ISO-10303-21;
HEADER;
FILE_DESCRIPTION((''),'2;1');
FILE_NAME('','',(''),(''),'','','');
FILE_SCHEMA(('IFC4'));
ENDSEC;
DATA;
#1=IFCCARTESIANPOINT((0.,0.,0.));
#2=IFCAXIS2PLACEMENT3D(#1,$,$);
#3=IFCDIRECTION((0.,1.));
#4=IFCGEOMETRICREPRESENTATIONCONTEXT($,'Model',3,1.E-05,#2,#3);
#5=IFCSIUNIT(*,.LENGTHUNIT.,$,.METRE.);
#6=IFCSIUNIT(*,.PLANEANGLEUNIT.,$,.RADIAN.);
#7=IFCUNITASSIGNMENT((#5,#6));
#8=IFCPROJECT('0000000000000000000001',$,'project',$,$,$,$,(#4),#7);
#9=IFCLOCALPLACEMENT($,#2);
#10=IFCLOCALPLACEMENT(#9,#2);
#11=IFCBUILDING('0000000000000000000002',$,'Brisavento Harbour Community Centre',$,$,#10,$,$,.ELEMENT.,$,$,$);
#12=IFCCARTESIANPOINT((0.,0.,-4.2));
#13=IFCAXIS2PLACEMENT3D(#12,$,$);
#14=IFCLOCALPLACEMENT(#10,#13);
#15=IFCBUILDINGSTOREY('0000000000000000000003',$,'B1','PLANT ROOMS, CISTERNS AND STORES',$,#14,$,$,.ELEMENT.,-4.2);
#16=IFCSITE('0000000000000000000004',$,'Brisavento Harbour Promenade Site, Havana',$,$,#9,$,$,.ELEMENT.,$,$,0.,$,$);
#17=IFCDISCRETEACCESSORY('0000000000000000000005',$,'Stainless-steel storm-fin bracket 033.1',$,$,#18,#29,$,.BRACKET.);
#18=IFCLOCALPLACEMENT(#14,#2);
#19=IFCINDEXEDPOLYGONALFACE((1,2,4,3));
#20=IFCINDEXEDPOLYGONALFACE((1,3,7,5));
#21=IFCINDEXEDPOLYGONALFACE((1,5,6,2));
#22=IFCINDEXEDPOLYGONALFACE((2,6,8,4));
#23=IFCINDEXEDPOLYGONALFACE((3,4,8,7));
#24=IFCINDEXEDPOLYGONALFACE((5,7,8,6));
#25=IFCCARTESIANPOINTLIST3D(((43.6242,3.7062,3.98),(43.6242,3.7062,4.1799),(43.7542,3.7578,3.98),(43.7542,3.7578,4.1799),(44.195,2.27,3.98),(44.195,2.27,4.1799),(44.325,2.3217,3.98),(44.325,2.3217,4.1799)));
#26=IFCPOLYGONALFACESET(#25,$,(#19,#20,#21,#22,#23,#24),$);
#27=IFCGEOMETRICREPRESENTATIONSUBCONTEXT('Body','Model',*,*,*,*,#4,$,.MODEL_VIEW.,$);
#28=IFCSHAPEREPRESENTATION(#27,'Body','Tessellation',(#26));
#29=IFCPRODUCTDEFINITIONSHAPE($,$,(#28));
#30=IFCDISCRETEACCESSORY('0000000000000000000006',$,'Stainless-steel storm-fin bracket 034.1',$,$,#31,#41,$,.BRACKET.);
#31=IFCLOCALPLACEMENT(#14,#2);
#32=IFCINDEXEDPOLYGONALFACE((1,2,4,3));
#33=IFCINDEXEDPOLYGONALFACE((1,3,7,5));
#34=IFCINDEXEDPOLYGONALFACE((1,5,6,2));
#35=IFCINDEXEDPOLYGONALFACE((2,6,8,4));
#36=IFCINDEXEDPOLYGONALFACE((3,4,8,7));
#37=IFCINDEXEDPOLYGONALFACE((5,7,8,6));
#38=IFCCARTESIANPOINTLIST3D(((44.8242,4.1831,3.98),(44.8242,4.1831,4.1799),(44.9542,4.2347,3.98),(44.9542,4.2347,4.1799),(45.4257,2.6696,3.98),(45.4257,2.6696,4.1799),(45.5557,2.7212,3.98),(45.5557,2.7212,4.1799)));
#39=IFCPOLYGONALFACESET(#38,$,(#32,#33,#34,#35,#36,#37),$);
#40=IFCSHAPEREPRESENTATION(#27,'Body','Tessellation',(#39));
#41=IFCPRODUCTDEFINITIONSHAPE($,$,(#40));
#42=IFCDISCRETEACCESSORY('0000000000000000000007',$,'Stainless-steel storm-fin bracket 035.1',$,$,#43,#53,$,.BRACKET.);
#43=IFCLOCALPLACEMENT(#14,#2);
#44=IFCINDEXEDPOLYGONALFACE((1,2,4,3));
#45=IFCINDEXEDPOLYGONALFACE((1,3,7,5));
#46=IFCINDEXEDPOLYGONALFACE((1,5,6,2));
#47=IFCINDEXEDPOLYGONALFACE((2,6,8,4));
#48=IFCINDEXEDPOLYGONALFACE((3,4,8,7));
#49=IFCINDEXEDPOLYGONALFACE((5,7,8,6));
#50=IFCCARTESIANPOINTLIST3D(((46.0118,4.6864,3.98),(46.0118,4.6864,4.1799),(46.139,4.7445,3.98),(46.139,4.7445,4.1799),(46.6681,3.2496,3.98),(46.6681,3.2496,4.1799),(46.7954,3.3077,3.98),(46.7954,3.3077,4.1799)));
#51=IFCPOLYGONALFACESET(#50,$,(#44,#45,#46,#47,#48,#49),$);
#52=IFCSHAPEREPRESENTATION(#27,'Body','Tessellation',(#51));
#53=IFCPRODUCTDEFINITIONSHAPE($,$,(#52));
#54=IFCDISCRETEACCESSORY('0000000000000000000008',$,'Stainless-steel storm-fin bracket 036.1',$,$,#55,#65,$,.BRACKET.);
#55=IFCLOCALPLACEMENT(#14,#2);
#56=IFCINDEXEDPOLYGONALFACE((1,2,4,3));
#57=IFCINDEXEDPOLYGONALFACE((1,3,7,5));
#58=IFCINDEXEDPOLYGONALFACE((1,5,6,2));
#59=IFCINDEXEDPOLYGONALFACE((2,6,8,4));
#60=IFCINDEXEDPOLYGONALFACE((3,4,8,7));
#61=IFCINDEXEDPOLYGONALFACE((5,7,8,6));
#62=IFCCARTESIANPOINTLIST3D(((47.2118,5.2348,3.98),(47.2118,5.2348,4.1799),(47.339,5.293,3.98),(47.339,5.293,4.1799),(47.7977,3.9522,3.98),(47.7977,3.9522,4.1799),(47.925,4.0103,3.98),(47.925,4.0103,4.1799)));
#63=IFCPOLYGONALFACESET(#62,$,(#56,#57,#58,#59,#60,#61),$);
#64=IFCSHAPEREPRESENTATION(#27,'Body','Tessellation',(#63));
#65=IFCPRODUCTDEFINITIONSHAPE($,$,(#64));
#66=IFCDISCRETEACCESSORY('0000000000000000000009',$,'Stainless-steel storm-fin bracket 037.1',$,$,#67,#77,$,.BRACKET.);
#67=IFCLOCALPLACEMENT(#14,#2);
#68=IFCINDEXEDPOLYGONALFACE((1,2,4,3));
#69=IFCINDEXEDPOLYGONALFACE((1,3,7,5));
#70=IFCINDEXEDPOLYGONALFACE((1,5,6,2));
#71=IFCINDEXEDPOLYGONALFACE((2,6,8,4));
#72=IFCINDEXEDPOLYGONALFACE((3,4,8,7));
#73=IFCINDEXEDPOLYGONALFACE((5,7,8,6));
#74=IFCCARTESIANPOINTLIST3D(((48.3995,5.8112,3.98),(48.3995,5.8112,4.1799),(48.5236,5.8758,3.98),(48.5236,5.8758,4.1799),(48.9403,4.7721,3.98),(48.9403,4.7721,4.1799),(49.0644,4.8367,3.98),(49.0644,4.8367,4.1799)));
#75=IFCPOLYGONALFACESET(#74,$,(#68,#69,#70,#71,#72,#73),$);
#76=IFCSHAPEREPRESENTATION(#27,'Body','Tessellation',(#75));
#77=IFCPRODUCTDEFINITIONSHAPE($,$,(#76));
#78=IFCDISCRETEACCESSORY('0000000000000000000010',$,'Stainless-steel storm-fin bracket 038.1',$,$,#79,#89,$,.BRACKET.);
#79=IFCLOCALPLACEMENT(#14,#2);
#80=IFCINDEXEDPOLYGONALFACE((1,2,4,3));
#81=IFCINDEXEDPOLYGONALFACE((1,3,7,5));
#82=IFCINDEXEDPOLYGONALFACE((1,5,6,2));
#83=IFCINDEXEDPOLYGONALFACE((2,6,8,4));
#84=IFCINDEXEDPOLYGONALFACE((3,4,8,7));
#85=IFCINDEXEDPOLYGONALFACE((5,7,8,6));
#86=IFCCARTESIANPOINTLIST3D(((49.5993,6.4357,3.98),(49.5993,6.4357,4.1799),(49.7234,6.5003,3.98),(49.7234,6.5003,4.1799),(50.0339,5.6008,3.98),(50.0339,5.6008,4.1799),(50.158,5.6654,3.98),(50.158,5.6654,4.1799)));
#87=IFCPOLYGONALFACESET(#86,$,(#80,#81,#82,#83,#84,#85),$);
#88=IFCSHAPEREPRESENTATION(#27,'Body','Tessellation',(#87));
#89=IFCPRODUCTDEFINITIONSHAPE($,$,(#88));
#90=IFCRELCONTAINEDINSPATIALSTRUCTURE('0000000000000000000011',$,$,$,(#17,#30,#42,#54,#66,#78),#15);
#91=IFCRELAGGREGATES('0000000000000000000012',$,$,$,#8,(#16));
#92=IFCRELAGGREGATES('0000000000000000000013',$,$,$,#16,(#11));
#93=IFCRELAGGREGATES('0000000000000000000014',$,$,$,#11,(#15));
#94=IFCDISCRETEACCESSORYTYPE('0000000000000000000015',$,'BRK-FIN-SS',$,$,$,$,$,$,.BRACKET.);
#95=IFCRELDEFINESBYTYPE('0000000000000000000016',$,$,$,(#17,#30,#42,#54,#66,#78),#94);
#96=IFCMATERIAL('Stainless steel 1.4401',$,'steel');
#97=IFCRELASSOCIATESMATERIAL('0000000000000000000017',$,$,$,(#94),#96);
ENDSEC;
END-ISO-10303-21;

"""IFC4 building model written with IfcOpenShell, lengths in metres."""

from ifc_helpers import new_model, si_unit, direction, frame, origin, origin_2d, place, context, subcontext, project, spatial, rectangle, extrude, material, type_object, element, save


model = new_model("IFC4")

# Units and contexts
model_context = context("Model", 3, precision=1e-05, world=origin(), true_north=direction((0.0, 1.0)))
body_context = subcontext(model_context, "Body", "Model", "MODEL_VIEW")
ifc_project = project(units=[si_unit("LENGTHUNIT", "METRE"), si_unit("PLANEANGLEUNIT", "RADIAN")], contexts=[model_context])

# Site, building, storey
site_placement = place(None, origin())
site = spatial("IfcSite", under=ifc_project, at=site_placement, Name="Brisavento Harbour Promenade Site, Havana", CompositionType="ELEMENT", RefElevation=0.0)
building_placement = place(site_placement, origin())
building = spatial("IfcBuilding", under=site, at=building_placement, Name="Brisavento Harbour Community Centre", CompositionType="ELEMENT")
storey_placement = place(building_placement, frame((0.0, 0.0, -4.2)))
storey = spatial("IfcBuildingStorey", under=building, at=storey_placement, Name="B1", Description="PLANT ROOMS, CISTERNS AND STORES", CompositionType="ELEMENT", Elevation=-4.2)

# Discrete accessories
ifc_material_1 = material(Name="Stainless steel 1.4401", Category="steel")
discrete_accessory_type = type_object("IfcDiscreteAccessoryType", Name="BRK-FIN-SS", PredefinedType="BRACKET", material=ifc_material_1)
discrete_accessory_1_placement = place(storey_placement, frame((43.9746, 3.0139, 3.98), z_axis=(0.0, 0.0, 1.0), x_axis=(0.369341, -0.929294, 0.0)))
element("IfcDiscreteAccessory", 1, at=discrete_accessory_1_placement, inside=storey, type_object=discrete_accessory_type, Name="Stainless-steel storm-fin bracket 033.1", PredefinedType="BRACKET", context=body_context, shape_type="SweptSolid", body=[
    extrude(rectangle(XDim=1.5454, YDim=0.1399, at=origin_2d()), origin(), (0.0, 0.0, 1.0), 0.2),
])
discrete_accessory_2_placement = place(storey_placement, frame((45.1899, 3.4521, 3.98), z_axis=(0.0, 0.0, 1.0), x_axis=(0.369341, -0.929294, 0.0)))
element("IfcDiscreteAccessory", 2, at=discrete_accessory_2_placement, inside=storey, type_object=discrete_accessory_type, Name="Stainless-steel storm-fin bracket 034.1", PredefinedType="BRACKET", context=body_context, shape_type="SweptSolid", body=[
    extrude(rectangle(XDim=1.6287, YDim=0.1399, at=origin_2d()), origin(), (0.0, 0.0, 1.0), 0.2),
])
discrete_accessory_3_placement = place(storey_placement, frame((46.4036, 3.9971, 3.98), z_axis=(0.0, 0.0, 1.0), x_axis=(0.415519, -0.909585, 0.0)))
element("IfcDiscreteAccessory", 3, at=discrete_accessory_3_placement, inside=storey, type_object=discrete_accessory_type, Name="Stainless-steel storm-fin bracket 035.1", PredefinedType="BRACKET", context=body_context, shape_type="SweptSolid", body=[
    extrude(rectangle(XDim=1.5796, YDim=0.1399, at=origin_2d()), origin(), (0.0, 0.0, 1.0), 0.2),
])
discrete_accessory_4_placement = place(storey_placement, frame((47.5684, 4.6226, 3.98), z_axis=(0.0, 0.0, 1.0), x_axis=(0.415519, -0.909585, 0.0)))
element("IfcDiscreteAccessory", 4, at=discrete_accessory_4_placement, inside=storey, type_object=discrete_accessory_type, Name="Stainless-steel storm-fin bracket 036.1", PredefinedType="BRACKET", context=body_context, shape_type="SweptSolid", body=[
    extrude(rectangle(XDim=1.4102, YDim=0.1399, at=origin_2d()), origin(), (0.0, 0.0, 1.0), 0.2),
])
discrete_accessory_5_placement = place(storey_placement, frame((48.7319, 5.324, 3.98), z_axis=(0.0, 0.0, 1.0), x_axis=(0.461702, -0.887035, 0.0)))
element("IfcDiscreteAccessory", 5, at=discrete_accessory_5_placement, inside=storey, type_object=discrete_accessory_type, Name="Stainless-steel storm-fin bracket 037.1", PredefinedType="BRACKET", context=body_context, shape_type="SweptSolid", body=[
    extrude(rectangle(XDim=1.1714, YDim=0.1399, at=origin_2d()), origin(), (0.0, 0.0, 1.0), 0.2),
])
discrete_accessory_6_placement = place(storey_placement, frame((49.8787, 6.0505, 3.98), z_axis=(0.0, 0.0, 1.0), x_axis=(0.461702, -0.887035, 0.0)))
element("IfcDiscreteAccessory", 6, at=discrete_accessory_6_placement, inside=storey, type_object=discrete_accessory_type, Name="Stainless-steel storm-fin bracket 038.1", PredefinedType="BRACKET", context=body_context, shape_type="SweptSolid", body=[
    extrude(rectangle(XDim=0.9412, YDim=0.1399, at=origin_2d()), origin(), (0.0, 0.0, 1.0), 0.2),
])

save(model, "model.ifc")
